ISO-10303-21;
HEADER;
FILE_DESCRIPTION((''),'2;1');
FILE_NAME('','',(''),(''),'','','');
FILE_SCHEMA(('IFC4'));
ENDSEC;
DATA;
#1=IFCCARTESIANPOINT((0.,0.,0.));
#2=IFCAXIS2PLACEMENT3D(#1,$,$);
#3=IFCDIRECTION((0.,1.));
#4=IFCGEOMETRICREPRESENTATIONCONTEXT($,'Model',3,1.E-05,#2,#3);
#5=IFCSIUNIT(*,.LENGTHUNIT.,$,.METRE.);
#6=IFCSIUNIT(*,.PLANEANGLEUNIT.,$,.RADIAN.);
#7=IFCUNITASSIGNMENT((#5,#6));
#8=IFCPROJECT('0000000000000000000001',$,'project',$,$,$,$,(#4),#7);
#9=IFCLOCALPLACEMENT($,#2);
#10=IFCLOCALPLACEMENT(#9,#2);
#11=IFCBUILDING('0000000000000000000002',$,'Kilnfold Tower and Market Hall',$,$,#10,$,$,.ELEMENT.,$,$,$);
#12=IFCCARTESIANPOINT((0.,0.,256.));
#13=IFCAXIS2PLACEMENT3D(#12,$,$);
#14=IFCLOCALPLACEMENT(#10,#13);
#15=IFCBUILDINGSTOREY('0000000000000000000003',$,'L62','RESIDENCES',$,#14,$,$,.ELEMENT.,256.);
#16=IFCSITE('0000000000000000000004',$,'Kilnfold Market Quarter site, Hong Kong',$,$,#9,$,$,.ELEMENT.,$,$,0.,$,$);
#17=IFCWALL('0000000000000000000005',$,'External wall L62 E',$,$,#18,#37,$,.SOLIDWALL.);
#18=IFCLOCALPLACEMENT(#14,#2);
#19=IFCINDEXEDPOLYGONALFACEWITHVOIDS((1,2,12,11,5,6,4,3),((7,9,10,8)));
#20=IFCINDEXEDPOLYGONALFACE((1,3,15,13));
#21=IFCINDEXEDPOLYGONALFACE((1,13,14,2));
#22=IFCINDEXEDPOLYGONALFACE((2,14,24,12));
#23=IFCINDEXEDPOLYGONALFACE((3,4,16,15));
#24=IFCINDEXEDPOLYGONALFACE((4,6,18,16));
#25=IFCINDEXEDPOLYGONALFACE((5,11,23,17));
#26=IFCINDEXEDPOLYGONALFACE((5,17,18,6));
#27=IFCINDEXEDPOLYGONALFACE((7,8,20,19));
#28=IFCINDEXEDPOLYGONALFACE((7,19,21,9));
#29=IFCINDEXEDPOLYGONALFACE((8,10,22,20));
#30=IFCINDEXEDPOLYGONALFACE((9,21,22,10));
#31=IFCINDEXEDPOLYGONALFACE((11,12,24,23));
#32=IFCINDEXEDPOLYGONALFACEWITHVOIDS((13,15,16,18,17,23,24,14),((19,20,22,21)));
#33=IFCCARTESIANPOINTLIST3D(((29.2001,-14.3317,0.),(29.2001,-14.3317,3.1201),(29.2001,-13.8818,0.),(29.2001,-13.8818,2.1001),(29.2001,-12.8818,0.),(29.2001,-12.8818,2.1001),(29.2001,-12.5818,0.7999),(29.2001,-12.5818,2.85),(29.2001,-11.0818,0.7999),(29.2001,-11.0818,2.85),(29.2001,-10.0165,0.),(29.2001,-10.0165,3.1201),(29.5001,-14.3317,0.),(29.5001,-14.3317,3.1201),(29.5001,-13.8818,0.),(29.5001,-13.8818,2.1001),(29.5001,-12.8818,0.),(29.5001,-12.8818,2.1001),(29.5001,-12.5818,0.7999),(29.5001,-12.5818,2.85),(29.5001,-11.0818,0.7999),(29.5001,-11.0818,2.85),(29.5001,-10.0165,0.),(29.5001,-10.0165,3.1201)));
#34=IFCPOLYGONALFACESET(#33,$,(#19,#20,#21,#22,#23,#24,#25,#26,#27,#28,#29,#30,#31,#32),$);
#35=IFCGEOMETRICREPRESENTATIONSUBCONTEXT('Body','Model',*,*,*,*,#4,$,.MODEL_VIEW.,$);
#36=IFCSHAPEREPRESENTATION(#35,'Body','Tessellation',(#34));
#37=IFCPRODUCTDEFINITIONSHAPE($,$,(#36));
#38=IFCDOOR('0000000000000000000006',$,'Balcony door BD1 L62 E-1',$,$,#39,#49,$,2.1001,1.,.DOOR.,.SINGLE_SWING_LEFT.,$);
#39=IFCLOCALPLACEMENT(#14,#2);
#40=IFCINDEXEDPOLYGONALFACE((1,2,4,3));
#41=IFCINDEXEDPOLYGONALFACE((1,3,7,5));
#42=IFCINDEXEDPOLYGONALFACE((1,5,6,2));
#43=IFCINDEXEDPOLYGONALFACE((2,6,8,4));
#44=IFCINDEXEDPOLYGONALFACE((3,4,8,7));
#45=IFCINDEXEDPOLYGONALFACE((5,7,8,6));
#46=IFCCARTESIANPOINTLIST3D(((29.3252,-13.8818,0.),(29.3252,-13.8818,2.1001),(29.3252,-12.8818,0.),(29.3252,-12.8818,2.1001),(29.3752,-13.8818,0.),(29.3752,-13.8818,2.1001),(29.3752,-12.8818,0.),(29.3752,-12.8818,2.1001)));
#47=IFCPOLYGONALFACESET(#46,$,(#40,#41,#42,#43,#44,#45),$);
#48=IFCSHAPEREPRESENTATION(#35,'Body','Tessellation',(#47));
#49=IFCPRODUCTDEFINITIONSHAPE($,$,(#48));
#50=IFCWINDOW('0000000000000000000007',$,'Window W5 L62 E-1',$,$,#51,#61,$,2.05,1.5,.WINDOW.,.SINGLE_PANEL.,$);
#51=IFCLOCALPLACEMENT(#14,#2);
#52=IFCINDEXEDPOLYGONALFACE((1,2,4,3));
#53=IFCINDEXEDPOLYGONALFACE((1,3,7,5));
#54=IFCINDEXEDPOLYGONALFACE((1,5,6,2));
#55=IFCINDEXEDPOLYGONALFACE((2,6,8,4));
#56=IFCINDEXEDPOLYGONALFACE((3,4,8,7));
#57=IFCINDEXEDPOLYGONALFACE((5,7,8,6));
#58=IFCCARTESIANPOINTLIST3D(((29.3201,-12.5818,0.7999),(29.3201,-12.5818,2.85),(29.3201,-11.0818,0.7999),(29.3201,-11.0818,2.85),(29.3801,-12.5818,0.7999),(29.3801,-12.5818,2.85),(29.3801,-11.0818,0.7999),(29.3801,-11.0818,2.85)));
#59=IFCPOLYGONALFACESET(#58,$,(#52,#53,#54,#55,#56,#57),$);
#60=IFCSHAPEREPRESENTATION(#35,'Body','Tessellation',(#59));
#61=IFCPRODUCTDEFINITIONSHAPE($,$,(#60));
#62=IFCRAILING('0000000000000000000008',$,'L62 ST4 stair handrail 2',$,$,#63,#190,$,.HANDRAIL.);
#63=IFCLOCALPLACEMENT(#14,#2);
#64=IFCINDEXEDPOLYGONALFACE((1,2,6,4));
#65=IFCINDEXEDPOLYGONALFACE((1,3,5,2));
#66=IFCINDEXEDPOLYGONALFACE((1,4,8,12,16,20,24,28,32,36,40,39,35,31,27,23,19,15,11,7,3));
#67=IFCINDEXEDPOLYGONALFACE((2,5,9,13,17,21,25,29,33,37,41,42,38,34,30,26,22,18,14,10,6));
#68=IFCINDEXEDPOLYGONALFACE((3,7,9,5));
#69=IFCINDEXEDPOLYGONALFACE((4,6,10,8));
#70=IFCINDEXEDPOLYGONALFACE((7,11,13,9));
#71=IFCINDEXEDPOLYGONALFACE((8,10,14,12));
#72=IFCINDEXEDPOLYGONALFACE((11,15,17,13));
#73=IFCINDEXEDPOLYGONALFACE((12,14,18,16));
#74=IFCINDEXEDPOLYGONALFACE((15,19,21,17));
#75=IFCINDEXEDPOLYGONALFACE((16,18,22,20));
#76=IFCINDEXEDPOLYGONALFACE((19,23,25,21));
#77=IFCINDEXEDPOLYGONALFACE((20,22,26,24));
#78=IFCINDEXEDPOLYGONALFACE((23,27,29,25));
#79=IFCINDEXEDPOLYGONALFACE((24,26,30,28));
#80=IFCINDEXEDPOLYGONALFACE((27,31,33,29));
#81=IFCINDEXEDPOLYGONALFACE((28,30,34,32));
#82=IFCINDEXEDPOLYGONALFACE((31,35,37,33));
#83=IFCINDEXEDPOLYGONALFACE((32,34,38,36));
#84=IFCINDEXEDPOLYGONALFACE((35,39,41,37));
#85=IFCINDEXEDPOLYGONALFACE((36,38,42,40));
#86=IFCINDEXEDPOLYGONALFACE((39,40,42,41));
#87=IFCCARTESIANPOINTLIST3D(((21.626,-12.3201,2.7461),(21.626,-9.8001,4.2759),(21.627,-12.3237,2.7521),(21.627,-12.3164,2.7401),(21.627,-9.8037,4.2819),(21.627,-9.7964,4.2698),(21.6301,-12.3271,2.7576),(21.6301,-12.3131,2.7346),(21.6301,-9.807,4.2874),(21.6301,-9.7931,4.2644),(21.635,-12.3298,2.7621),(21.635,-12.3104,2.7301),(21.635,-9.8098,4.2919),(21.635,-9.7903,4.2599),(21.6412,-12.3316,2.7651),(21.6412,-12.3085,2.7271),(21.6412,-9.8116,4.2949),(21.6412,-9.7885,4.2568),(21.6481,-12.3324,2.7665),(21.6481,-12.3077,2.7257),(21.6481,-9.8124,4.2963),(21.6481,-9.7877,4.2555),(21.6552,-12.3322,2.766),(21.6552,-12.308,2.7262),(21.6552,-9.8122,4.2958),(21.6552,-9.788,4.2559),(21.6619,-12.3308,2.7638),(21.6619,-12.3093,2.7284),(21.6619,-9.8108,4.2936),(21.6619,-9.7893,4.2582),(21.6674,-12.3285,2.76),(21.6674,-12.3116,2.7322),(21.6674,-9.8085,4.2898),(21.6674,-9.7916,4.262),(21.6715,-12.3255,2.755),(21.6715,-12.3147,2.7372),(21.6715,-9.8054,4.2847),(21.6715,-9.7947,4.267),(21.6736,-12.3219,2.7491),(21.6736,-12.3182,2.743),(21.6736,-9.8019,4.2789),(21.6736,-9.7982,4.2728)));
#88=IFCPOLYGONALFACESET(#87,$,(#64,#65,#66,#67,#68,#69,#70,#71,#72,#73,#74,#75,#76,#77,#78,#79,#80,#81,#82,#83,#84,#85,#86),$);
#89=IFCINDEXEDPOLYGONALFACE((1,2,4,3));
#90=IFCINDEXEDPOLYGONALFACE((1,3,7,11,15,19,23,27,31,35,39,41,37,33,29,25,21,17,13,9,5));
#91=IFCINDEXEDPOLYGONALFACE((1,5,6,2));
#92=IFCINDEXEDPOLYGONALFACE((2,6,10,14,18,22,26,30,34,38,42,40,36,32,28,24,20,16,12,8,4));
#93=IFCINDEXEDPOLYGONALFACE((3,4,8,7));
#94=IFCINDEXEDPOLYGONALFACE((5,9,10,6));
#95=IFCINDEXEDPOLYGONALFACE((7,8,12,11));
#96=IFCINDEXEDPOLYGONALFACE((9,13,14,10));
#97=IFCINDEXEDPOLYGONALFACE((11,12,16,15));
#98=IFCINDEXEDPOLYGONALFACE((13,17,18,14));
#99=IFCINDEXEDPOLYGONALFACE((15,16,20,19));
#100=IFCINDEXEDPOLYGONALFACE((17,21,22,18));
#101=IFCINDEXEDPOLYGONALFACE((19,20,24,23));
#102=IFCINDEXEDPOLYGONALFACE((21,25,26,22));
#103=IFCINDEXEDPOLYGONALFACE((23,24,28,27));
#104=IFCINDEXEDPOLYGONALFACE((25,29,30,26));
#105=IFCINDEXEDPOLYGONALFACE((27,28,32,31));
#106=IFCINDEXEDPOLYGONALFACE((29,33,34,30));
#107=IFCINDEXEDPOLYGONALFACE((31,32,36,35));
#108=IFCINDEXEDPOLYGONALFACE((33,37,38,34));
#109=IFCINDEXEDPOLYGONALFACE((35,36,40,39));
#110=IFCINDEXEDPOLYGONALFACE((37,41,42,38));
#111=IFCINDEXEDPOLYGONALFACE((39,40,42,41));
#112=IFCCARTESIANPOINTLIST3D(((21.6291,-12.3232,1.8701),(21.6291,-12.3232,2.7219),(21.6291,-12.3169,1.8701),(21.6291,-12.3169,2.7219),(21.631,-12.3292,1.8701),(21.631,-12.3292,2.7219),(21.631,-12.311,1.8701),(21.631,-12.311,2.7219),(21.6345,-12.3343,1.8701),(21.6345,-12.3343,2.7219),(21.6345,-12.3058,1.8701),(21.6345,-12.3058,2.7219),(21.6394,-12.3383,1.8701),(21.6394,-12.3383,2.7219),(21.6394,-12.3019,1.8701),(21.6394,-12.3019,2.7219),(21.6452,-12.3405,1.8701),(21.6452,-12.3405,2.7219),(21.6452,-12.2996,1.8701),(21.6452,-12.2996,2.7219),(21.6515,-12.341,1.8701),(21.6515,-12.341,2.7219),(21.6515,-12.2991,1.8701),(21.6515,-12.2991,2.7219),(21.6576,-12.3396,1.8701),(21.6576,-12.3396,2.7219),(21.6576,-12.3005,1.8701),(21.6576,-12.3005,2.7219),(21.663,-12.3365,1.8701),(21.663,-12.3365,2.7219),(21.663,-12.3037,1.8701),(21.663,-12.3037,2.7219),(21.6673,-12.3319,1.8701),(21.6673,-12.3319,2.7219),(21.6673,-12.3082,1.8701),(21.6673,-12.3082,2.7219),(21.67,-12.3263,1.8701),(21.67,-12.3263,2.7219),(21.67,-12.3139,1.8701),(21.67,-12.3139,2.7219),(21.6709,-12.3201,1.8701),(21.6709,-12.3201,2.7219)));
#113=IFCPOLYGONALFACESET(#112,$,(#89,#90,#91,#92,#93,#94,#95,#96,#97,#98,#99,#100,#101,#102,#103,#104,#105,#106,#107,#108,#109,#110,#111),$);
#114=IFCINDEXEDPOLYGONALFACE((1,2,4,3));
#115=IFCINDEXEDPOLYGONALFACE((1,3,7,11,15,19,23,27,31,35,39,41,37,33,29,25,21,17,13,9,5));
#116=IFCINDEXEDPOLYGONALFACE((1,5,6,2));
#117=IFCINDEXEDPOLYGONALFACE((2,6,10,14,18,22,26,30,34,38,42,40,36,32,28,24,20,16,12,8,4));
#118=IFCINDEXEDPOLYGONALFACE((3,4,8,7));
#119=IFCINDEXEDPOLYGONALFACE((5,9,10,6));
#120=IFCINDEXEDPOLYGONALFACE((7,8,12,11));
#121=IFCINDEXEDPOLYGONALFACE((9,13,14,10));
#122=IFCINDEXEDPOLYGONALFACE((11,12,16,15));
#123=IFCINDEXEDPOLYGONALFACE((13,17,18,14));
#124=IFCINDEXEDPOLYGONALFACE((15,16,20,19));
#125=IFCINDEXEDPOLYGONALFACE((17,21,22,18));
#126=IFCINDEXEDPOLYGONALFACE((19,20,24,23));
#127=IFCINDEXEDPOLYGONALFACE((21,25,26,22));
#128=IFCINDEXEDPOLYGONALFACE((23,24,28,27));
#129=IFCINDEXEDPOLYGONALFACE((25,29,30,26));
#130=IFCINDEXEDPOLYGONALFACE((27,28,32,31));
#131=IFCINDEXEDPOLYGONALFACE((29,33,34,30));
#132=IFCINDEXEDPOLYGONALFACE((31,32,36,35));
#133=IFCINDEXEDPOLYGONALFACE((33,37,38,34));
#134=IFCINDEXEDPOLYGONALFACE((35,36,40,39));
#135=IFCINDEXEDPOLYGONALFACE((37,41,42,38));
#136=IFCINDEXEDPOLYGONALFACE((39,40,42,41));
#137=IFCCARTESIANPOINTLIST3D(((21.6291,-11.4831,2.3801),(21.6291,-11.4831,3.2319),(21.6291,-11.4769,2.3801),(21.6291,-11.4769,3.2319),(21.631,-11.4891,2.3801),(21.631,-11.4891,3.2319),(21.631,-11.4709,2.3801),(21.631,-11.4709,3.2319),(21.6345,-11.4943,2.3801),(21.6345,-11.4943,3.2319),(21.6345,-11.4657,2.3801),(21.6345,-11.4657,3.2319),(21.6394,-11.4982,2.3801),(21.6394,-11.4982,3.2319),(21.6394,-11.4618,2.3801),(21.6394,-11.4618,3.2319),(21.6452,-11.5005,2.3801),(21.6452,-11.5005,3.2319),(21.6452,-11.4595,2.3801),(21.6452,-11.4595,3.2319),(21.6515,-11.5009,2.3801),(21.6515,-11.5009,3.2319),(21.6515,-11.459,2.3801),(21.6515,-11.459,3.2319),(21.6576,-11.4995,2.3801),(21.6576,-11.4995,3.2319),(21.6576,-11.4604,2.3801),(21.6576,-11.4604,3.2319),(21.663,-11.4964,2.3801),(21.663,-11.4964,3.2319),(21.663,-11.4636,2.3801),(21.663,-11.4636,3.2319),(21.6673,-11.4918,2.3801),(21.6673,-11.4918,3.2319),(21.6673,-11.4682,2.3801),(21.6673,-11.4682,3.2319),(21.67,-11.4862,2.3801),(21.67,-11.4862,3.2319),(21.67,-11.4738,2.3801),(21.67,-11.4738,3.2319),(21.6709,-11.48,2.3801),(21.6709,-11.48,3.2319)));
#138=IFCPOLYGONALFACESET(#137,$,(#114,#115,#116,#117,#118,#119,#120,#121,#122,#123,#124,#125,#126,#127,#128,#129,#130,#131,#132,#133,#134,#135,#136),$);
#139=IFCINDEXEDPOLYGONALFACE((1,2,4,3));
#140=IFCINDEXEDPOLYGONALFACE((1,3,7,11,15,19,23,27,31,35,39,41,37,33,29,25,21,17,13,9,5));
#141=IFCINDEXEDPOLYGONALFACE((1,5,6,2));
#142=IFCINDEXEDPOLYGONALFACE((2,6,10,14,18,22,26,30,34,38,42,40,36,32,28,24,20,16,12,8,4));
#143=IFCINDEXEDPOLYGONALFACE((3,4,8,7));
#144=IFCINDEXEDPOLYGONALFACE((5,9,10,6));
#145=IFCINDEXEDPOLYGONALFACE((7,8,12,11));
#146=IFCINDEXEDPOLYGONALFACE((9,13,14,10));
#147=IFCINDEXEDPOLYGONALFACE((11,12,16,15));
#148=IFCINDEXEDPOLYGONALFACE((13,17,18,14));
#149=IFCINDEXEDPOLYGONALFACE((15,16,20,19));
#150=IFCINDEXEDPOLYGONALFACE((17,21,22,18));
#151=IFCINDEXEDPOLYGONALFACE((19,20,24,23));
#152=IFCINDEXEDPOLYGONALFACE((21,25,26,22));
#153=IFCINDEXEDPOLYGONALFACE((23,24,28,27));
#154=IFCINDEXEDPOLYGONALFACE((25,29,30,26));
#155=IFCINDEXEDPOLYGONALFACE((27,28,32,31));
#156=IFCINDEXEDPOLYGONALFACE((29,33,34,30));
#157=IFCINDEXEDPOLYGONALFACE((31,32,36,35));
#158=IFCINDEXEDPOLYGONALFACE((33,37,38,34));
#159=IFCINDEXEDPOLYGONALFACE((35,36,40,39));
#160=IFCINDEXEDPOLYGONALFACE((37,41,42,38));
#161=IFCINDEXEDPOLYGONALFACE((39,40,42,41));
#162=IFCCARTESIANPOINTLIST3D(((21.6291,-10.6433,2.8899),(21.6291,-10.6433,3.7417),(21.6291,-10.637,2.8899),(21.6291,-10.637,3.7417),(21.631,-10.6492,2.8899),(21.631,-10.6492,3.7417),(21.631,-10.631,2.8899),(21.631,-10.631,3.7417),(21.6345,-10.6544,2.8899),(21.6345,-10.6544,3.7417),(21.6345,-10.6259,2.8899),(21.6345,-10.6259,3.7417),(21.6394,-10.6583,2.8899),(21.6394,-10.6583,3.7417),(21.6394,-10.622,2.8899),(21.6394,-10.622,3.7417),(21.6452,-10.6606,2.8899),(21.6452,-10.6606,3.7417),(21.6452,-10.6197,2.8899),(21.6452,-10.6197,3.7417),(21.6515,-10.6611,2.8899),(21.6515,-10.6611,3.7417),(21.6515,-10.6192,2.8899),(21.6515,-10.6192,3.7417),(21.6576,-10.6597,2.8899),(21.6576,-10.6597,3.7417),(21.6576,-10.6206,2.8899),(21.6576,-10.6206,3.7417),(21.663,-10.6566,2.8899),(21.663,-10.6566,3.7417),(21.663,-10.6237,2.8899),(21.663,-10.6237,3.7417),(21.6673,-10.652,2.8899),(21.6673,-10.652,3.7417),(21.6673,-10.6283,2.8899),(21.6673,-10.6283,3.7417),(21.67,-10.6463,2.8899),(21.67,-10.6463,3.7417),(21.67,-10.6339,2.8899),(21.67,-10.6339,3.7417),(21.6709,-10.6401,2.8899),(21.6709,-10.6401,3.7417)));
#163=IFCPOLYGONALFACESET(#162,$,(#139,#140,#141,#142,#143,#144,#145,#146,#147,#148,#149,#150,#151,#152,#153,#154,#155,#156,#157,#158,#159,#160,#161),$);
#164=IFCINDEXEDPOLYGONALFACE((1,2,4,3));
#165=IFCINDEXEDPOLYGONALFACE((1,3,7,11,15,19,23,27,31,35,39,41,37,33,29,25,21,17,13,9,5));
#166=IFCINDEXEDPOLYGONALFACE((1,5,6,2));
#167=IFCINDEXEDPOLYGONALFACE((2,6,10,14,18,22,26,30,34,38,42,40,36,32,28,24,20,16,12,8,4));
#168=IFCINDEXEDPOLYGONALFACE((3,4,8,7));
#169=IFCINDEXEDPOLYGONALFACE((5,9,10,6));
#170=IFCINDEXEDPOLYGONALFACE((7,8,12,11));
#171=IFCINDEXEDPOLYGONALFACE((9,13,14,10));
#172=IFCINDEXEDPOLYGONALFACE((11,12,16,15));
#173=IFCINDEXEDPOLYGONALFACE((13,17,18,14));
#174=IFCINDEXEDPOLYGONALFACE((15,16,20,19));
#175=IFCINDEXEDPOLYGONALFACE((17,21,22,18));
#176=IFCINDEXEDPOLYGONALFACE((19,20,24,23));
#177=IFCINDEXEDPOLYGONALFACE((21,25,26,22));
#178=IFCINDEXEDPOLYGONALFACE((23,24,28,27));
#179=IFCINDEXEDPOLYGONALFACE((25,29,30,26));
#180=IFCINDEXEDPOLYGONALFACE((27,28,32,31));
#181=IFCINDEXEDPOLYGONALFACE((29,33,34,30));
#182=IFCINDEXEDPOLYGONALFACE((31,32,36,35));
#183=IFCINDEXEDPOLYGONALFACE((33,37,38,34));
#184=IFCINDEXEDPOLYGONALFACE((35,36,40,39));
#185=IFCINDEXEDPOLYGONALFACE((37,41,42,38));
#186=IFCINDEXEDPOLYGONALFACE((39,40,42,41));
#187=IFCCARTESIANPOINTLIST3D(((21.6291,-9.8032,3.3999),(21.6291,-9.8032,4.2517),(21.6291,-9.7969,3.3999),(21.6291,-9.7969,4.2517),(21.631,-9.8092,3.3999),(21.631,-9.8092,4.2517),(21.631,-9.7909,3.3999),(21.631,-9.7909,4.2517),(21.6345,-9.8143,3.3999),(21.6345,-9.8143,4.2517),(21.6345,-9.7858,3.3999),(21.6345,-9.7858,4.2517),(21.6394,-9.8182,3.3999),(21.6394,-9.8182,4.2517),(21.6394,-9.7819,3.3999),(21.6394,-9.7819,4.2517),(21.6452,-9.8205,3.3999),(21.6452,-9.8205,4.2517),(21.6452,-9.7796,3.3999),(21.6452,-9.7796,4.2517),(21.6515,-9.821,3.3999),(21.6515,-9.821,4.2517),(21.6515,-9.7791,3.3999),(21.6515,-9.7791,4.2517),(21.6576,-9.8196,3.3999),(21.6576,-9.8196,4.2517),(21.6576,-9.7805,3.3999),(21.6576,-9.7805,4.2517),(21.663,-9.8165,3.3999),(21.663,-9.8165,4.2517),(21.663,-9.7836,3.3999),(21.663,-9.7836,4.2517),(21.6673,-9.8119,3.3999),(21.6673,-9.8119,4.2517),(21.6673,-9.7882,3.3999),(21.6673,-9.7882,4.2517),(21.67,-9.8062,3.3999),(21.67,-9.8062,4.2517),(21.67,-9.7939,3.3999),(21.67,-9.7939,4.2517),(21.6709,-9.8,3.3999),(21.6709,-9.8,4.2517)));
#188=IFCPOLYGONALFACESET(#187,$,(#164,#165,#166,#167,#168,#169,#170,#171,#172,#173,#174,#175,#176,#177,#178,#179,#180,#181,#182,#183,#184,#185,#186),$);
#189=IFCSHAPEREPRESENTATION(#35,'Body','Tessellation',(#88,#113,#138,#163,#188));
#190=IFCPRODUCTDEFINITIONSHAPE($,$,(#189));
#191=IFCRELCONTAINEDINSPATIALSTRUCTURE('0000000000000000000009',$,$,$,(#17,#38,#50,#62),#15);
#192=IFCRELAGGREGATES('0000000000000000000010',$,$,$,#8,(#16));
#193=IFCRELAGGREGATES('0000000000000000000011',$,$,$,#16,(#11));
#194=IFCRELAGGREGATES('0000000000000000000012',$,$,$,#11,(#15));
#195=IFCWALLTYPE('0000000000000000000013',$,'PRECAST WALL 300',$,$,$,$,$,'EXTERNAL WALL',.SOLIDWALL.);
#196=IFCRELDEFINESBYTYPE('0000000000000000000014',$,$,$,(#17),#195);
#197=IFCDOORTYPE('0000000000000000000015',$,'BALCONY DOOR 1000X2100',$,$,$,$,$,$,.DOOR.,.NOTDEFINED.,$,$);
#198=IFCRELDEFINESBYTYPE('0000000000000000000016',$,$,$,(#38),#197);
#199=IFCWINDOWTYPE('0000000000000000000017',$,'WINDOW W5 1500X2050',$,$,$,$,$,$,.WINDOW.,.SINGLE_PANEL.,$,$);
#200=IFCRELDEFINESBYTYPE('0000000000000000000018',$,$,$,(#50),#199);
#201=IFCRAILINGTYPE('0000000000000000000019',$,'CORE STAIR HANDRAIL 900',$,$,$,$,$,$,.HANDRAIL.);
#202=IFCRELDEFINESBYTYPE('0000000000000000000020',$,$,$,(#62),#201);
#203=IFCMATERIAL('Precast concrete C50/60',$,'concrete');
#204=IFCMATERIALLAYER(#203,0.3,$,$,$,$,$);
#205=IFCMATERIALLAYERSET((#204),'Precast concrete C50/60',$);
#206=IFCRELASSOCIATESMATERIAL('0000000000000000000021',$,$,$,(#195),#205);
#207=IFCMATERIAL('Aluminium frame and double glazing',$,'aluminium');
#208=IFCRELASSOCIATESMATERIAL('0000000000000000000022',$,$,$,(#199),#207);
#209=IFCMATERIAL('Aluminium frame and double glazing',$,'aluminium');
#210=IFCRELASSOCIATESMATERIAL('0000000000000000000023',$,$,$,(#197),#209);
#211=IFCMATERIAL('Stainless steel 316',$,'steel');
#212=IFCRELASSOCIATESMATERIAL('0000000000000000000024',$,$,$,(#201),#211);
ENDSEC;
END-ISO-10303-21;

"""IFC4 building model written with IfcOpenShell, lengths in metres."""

from ifc_helpers import new_model, si_unit, direction, frame, frame_2d, origin, origin_2d, place, context, subcontext, project, spatial, rectangle, circle, extrude, source, transform, mapped, material, layer, layer_set, type_object, element, fill, save


model = new_model("IFC4")

# Units and contexts
model_context = context("Model", 3, precision=1e-05, world=origin(), true_north=direction((0.0, 1.0)))
body_context = subcontext(model_context, "Body", "Model", "MODEL_VIEW")
ifc_project = project(units=[si_unit("LENGTHUNIT", "METRE"), si_unit("PLANEANGLEUNIT", "RADIAN")], contexts=[model_context])

# Site, building, storey
site_placement = place(None, origin())
site = spatial("IfcSite", under=ifc_project, at=site_placement, Name="Kilnfold Market Quarter site, Hong Kong", CompositionType="ELEMENT", RefElevation=0.0)
building_placement = place(site_placement, origin())
building = spatial("IfcBuilding", under=site, at=building_placement, Name="Kilnfold Tower and Market Hall", CompositionType="ELEMENT")
storey_placement = place(building_placement, frame((0.0, 0.0, 256.0)))
storey = spatial("IfcBuildingStorey", under=building, at=storey_placement, Name="L62", Description="RESIDENCES", CompositionType="ELEMENT", Elevation=256.0)

# Shared definitions
ifc_material_1 = material(Name="Precast concrete C50/60", Category="concrete")
ifc_layer_1 = layer(ifc_material_1, 0.3)
ifc_layer_set_1 = layer_set([ifc_layer_1], Name="Precast concrete C50/60")
wall_type_1 = type_object("IfcWallType", Name="PRECAST WALL 300", ElementType="EXTERNAL WALL", PredefinedType="SOLIDWALL", material=ifc_layer_set_1)
ifc_material_2 = material(Name="Aluminium frame and double glazing", Category="aluminium")
window_type = type_object("IfcWindowType", Name="WINDOW W5 1500X2050", PartitioningType="SINGLE_PANEL", PredefinedType="WINDOW", material=ifc_material_2)

# Wall, openings, door, window
ifc_material_3 = material(Name="Aluminium frame and double glazing", Category="aluminium")
door_type_1 = type_object("IfcDoorType", Name="BALCONY DOOR 1000X2100", OperationType="NOTDEFINED", PredefinedType="DOOR", material=ifc_material_3)
shared_shape_1 = source(origin(), body_context, "Body", "SweptSolid", [
    extrude(rectangle(XDim=4.3152, YDim=0.3, at=frame_2d((2.1577, 0.0))), origin(), (0.0, 0.0, 1.0), 3.1201),
])
wall_1_placement = place(storey_placement, frame((29.3501, -14.3318, 0.0), z_axis=(0.0, 0.0, 1.0), x_axis=(0.0, 1.0, 0.0)))
wall_1 = element("IfcWall", 1, at=wall_1_placement, inside=storey, type_object=wall_type_1, Name="External wall L62 E", PredefinedType="SOLIDWALL", context=body_context, shape_type="MappedRepresentation", body=[
    mapped(shared_shape_1, transform((0.0, 0.0, 0.0))),
])
opening_1_placement = place(wall_1_placement, frame((1.75, 0.0, 0.8)))
opening_1 = element("IfcOpeningElement", 2, at=opening_1_placement, cuts=wall_1, PredefinedType="OPENING", context=body_context, shape_type="SweptSolid", body=[
    extrude(rectangle(XDim=1.5, YDim=2.05, at=frame_2d((0.75, 1.0249))), frame((0.0, 0.1602, 0.0), z_axis=(0.0, -1.0, 0.0), x_axis=(1.0, 0.0, 0.0)), (0.0, 0.0, 1.0), 0.3201),
])
opening_2_placement = place(wall_1_placement, frame((0.45, 0.0, 0.0)))
opening_2 = element("IfcOpeningElement", 3, at=opening_2_placement, cuts=wall_1, PredefinedType="OPENING", context=body_context, shape_type="SweptSolid", body=[
    extrude(rectangle(XDim=1.0, YDim=2.1001, at=frame_2d((0.5, 1.05))), frame((0.0, 0.1602, 0.0), z_axis=(0.0, -1.0, 0.0), x_axis=(1.0, 0.0, 0.0)), (0.0, 0.0, 1.0), 0.3201),
])
door_1_placement = place(opening_2_placement, origin())
door_1 = element("IfcDoor", 4, at=door_1_placement, inside=storey, type_object=door_type_1, Name="Balcony door BD1 L62 E-1", OperationType="SINGLE_SWING_LEFT", OverallHeight=2.1001, OverallWidth=1.0, PredefinedType="DOOR", context=body_context, shape_type="SweptSolid", body=[
    extrude(rectangle(XDim=1.0, YDim=2.1001, at=frame_2d((0.5, 1.05))), frame((0.0, 0.0249, 0.0), z_axis=(0.0, -1.0, 0.0), x_axis=(1.0, 0.0, 0.0)), (0.0, 0.0, 1.0), 0.05),
])
fill(opening_2, door_1)
window_1_placement = place(opening_1_placement, origin())
window_1 = element("IfcWindow", 5, at=window_1_placement, inside=storey, type_object=window_type, Name="Window W5 L62 E-1", OverallHeight=2.05, OverallWidth=1.5, PartitioningType="SINGLE_PANEL", PredefinedType="WINDOW", context=body_context, shape_type="SweptSolid", body=[
    extrude(rectangle(XDim=1.5, YDim=2.05, at=frame_2d((0.75, 1.0249))), frame((0.0, 0.03, 0.0), z_axis=(0.0, -1.0, 0.0), x_axis=(1.0, 0.0, 0.0)), (0.0, 0.0, 1.0), 0.0601),
])
fill(opening_1, window_1)

# Railing
ifc_material_4 = material(Name="Stainless steel 316", Category="steel")
railing_type_1 = type_object("IfcRailingType", Name="CORE STAIR HANDRAIL 900", PredefinedType="HANDRAIL", material=ifc_material_4)
railing_1_placement = place(storey_placement, frame((21.6499, -12.3201, 1.8701)))
element("IfcRailing", 6, at=railing_1_placement, inside=storey, type_object=railing_type_1, Name="L62 ST4 stair handrail 2", PredefinedType="HANDRAIL", context=body_context, shape_type="SweptSolid", body=[
    extrude(circle(Radius=0.0239, at=origin_2d()), frame((0.0, 0.0, 0.876), z_axis=(0.0, 0.854822, 0.518922), x_axis=(-1.0, 0.0, 0.0)), (0.0, 0.0, 1.0), 2.948),
    extrude(circle(Radius=0.021, at=origin_2d()), origin(), (0.0, 0.0, 1.0), 0.8518),
    extrude(circle(Radius=0.021, at=origin_2d()), frame((0.0, 0.8401, 0.51)), (0.0, 0.0, 1.0), 0.8518),
    extrude(circle(Radius=0.021, at=origin_2d()), frame((0.0, 1.6799, 1.0198)), (0.0, 0.0, 1.0), 0.8518),
    extrude(circle(Radius=0.021, at=origin_2d()), frame((0.0, 2.52, 1.5298)), (0.0, 0.0, 1.0), 0.8518),
])

save(model, "model.ifc")
